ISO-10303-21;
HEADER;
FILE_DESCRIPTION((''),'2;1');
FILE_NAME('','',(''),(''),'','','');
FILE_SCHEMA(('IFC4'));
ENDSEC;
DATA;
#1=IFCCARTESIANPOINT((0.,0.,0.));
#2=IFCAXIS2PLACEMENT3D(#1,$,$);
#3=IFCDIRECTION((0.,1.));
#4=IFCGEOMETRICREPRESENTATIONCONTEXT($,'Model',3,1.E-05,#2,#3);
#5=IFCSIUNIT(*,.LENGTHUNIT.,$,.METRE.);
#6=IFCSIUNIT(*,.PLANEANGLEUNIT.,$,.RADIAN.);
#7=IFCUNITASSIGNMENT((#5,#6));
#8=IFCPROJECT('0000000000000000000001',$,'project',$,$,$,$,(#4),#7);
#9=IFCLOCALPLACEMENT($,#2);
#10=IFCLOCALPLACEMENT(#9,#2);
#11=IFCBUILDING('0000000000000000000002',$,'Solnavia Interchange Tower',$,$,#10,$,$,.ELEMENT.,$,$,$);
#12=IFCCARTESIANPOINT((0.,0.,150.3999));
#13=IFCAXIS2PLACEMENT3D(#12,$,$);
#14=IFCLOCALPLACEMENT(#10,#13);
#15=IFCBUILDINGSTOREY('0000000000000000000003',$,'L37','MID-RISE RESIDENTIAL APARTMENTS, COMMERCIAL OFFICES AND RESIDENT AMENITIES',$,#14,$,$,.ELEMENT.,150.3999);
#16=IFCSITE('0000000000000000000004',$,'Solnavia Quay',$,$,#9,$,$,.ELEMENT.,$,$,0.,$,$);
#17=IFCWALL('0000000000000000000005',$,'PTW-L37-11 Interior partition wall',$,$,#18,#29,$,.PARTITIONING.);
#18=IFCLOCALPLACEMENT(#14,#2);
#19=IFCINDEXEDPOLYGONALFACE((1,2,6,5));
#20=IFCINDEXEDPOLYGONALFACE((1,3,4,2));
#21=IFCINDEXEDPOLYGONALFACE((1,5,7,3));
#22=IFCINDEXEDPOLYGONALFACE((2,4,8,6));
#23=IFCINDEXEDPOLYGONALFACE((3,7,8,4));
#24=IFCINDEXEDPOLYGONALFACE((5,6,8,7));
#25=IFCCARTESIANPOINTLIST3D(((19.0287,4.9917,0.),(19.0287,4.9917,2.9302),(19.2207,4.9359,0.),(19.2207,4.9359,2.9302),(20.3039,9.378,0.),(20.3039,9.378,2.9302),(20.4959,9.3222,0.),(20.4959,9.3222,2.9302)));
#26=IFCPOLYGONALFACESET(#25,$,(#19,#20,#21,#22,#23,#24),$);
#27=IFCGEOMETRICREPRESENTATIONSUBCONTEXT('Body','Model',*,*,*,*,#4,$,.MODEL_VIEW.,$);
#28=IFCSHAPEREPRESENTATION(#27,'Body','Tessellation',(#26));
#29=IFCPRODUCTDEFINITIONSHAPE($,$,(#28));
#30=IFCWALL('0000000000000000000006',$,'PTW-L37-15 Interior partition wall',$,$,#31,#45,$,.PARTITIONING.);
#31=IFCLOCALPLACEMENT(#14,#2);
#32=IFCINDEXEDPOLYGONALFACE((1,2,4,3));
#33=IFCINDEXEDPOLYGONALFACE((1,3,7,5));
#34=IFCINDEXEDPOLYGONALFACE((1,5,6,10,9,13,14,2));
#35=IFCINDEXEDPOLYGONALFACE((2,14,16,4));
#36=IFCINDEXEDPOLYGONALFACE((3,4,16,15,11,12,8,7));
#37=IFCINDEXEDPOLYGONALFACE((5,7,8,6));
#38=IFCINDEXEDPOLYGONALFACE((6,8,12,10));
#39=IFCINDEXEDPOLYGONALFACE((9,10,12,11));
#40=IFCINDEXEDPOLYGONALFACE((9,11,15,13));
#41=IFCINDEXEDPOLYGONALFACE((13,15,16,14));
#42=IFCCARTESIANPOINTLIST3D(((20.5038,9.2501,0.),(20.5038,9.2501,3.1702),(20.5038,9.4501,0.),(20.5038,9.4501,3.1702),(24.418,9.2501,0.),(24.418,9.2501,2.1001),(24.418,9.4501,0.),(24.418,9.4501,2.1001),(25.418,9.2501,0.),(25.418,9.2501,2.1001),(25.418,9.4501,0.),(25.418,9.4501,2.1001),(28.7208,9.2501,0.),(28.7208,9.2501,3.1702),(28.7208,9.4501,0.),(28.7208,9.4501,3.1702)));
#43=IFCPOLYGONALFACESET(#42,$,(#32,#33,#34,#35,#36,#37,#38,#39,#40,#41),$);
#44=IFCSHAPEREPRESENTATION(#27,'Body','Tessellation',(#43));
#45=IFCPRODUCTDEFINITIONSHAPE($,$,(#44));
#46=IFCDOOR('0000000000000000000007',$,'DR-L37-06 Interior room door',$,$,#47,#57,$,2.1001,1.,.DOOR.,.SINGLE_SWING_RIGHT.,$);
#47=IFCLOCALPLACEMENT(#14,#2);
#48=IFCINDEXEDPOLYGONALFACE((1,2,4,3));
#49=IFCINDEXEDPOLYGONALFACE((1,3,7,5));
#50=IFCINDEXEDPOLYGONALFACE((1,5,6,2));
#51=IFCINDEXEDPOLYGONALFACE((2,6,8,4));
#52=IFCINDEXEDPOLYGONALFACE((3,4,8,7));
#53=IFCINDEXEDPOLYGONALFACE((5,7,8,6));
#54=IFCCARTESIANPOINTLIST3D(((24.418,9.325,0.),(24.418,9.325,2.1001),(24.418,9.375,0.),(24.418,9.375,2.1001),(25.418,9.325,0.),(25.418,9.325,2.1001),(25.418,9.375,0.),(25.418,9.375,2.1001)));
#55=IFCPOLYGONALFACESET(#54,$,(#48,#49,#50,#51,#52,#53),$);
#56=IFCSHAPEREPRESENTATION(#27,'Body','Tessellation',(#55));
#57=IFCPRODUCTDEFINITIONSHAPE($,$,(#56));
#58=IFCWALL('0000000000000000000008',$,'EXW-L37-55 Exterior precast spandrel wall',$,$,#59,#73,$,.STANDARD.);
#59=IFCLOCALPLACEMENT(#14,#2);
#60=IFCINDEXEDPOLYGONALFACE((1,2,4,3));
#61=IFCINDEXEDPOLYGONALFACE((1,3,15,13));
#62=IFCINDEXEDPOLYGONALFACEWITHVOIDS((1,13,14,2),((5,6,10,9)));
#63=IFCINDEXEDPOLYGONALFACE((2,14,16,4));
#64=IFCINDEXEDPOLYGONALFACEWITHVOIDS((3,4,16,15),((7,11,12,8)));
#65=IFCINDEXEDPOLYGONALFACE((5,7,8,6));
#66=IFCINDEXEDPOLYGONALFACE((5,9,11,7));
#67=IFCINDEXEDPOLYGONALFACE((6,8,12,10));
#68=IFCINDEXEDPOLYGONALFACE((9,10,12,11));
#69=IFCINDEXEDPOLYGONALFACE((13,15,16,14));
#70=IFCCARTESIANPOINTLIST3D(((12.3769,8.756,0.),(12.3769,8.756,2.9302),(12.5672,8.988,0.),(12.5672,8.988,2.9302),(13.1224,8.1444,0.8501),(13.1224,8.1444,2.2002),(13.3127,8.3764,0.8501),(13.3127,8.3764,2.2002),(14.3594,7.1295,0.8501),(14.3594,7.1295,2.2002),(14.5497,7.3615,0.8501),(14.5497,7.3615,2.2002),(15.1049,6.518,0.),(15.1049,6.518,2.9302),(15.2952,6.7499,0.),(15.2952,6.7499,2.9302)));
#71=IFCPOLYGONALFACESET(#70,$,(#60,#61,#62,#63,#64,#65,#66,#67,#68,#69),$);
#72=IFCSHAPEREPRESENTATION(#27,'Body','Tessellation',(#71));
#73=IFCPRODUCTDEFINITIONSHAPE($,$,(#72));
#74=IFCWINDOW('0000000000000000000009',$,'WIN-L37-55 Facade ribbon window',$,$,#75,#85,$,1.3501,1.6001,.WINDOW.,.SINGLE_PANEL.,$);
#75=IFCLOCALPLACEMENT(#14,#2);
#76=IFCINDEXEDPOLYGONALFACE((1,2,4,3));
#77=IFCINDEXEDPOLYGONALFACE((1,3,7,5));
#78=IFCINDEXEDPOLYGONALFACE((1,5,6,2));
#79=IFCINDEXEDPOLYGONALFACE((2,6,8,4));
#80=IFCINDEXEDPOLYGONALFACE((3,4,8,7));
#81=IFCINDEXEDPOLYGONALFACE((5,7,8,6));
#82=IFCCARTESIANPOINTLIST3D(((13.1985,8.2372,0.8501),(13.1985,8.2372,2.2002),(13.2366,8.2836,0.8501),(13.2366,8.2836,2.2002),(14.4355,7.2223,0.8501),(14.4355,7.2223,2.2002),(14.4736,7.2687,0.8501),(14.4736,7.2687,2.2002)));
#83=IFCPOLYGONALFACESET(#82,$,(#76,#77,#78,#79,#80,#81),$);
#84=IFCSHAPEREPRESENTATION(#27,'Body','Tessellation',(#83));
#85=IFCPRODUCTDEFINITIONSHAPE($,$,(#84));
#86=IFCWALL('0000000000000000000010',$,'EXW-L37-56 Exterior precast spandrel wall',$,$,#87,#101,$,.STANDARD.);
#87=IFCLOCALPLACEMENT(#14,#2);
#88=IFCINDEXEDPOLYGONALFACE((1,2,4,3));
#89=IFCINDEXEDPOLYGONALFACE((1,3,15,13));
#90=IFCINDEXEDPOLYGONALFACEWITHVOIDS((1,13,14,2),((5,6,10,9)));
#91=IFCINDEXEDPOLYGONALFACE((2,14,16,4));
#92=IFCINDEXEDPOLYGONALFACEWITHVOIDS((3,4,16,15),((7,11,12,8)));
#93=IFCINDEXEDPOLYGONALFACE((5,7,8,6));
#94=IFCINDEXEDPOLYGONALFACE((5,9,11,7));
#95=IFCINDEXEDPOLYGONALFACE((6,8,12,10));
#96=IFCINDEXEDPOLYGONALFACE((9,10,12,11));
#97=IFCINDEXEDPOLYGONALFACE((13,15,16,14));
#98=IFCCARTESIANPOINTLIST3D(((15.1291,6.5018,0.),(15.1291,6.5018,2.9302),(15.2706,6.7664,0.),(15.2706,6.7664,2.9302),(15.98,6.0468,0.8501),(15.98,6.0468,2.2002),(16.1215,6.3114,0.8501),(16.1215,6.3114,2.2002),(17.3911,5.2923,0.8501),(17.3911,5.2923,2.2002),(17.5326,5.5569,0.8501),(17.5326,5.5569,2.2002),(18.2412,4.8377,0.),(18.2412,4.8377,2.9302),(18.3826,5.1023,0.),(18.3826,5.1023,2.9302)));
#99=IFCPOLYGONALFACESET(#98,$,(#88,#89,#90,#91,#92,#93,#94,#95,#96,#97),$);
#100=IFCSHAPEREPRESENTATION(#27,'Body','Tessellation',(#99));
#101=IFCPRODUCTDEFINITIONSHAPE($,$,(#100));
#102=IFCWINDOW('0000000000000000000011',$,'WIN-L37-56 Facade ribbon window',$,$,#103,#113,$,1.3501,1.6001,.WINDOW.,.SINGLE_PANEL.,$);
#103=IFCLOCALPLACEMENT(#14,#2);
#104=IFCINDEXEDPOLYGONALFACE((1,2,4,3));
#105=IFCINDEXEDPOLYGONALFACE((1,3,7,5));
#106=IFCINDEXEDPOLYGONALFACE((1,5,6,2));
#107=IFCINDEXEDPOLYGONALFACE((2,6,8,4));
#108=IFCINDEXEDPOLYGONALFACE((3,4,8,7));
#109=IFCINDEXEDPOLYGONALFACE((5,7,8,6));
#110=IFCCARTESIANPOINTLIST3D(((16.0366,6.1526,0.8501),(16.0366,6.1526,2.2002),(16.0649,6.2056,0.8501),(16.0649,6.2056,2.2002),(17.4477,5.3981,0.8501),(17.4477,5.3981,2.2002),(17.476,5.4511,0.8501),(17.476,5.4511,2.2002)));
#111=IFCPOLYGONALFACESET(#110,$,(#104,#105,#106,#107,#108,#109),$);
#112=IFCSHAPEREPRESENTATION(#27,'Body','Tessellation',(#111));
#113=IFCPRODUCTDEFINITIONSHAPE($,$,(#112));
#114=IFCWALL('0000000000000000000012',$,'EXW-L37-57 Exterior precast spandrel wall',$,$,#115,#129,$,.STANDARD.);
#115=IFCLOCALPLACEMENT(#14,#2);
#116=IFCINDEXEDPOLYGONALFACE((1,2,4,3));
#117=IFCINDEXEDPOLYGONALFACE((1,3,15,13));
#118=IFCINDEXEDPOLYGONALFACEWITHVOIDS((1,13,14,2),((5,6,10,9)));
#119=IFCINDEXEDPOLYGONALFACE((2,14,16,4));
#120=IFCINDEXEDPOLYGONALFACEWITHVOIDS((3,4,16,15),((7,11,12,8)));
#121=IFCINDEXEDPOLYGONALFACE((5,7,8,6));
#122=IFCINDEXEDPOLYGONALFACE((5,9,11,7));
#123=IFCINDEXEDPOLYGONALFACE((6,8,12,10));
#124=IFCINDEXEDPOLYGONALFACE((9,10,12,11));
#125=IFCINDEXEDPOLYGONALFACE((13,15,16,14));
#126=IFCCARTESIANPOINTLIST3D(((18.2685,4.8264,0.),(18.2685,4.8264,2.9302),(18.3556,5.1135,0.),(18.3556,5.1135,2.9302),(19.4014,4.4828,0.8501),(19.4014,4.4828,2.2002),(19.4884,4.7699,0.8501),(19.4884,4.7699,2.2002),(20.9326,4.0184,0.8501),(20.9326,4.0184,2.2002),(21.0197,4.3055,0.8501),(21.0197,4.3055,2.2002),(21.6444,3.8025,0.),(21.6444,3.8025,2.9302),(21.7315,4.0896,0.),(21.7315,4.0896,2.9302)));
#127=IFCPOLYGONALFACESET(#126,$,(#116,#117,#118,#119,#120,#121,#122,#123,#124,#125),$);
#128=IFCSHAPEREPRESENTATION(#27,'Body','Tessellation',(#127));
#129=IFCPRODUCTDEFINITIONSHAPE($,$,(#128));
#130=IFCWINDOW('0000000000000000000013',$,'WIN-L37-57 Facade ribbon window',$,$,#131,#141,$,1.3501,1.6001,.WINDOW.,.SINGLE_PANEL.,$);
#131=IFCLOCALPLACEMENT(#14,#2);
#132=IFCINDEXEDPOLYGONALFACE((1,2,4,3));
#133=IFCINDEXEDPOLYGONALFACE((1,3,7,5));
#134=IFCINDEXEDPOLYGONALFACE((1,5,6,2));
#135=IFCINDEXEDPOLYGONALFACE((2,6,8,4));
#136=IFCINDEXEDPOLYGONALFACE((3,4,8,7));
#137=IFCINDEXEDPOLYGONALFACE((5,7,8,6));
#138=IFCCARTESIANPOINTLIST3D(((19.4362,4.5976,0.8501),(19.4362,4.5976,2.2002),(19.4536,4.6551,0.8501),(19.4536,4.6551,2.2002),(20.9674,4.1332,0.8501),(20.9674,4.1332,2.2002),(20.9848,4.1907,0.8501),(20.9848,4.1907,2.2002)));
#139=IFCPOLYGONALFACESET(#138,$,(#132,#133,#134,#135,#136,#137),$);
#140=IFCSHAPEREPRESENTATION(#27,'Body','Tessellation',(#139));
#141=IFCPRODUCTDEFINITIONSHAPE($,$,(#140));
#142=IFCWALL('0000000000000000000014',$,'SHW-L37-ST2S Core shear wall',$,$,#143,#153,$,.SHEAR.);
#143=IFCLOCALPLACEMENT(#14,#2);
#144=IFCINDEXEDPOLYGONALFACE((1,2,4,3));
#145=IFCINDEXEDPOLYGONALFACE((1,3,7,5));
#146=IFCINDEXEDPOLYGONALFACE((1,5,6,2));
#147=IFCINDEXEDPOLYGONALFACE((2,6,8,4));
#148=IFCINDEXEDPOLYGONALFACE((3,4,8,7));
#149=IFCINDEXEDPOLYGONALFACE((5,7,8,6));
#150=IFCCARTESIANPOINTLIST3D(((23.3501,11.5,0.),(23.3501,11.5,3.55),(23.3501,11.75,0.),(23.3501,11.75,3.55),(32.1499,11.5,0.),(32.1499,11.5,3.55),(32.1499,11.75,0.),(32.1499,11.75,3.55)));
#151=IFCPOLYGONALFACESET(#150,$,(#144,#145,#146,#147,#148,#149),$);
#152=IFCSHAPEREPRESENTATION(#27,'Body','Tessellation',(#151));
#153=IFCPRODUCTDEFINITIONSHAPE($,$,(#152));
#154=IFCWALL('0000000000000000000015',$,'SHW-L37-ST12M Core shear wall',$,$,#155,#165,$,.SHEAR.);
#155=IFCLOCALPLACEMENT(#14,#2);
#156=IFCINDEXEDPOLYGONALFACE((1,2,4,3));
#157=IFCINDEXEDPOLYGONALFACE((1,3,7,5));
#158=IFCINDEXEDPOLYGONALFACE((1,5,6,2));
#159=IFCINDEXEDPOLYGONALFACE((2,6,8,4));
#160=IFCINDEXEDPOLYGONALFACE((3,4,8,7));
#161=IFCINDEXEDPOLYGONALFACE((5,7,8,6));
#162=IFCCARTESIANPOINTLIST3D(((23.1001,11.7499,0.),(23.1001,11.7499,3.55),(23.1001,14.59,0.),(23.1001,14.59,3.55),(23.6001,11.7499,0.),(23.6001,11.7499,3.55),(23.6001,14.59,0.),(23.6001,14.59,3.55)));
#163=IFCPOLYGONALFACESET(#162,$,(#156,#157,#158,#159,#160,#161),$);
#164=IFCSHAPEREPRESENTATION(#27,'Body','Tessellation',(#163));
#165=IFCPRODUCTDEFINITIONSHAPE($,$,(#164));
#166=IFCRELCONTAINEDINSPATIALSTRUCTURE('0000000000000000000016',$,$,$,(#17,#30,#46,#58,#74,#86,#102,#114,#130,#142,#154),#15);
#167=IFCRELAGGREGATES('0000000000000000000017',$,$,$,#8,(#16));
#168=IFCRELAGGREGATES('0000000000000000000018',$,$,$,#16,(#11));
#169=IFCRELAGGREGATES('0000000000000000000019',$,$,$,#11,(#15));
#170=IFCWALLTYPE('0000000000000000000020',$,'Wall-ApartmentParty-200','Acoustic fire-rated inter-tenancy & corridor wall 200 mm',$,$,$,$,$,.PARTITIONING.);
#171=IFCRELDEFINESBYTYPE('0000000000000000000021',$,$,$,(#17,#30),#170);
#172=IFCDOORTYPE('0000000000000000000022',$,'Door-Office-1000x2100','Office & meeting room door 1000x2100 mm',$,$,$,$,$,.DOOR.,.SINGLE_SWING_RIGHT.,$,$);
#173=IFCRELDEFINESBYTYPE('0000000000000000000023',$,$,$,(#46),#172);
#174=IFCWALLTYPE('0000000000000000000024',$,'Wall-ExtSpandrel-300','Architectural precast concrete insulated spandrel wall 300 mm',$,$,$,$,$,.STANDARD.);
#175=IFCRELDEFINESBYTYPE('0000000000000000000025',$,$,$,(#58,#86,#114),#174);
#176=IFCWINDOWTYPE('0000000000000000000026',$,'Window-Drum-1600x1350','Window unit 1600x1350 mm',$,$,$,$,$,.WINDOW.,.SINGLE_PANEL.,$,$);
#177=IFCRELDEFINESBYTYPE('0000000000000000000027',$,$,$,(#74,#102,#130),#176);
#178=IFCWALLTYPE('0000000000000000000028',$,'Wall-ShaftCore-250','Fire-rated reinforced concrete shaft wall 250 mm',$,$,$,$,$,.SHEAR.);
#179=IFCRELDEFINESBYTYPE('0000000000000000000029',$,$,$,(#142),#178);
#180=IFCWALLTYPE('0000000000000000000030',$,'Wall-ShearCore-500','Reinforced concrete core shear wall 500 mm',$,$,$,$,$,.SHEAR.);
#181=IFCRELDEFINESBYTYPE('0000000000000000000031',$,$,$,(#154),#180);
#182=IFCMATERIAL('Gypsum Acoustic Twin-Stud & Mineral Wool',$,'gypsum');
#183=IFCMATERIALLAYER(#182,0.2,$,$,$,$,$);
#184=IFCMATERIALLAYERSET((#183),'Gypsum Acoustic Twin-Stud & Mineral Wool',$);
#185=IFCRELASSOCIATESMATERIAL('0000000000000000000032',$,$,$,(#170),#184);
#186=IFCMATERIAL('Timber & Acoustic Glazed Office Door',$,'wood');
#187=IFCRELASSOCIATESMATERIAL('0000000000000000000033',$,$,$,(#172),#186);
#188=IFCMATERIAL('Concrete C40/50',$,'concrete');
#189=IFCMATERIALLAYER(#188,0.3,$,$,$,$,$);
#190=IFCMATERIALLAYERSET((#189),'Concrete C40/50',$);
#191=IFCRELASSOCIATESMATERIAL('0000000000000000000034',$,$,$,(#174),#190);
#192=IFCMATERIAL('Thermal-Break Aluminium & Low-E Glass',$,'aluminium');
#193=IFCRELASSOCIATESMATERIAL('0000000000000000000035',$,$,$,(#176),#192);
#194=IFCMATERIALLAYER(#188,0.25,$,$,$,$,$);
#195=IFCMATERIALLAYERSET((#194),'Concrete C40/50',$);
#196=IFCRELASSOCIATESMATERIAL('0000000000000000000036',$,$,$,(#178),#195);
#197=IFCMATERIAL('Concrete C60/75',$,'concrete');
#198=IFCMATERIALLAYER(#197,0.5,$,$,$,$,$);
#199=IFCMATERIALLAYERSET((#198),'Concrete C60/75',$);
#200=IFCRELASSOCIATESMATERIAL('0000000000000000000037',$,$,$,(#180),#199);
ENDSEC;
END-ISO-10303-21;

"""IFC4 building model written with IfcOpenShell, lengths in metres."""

from ifc_helpers import new_model, si_unit, direction, frame, frame_2d, origin, place, context, subcontext, project, spatial, rectangle, extrude, material, layer, layer_set, type_object, element, fill, save


model = new_model("IFC4")

# Units and contexts
model_context = context("Model", 3, precision=1e-05, world=origin(), true_north=direction((0.0, 1.0)))
body_context = subcontext(model_context, "Body", "Model", "MODEL_VIEW")
ifc_project = project(units=[si_unit("LENGTHUNIT", "METRE"), si_unit("PLANEANGLEUNIT", "RADIAN")], contexts=[model_context])

# Site, building, storey
site_placement = place(None, origin())
site = spatial("IfcSite", under=ifc_project, at=site_placement, Name="Solnavia Quay", CompositionType="ELEMENT", RefElevation=0.0)
building_placement = place(site_placement, origin())
building = spatial("IfcBuilding", under=site, at=building_placement, Name="Solnavia Interchange Tower", CompositionType="ELEMENT")
storey_placement = place(building_placement, frame((0.0, 0.0, 150.3999)))
storey = spatial("IfcBuildingStorey", under=building, at=storey_placement, Name="L37", Description="MID-RISE RESIDENTIAL APARTMENTS, COMMERCIAL OFFICES AND RESIDENT AMENITIES", CompositionType="ELEMENT", Elevation=150.3999)

# Wall
ifc_material_1 = material(Name="Gypsum Acoustic Twin-Stud & Mineral Wool", Category="gypsum")
ifc_layer_1 = layer(ifc_material_1, 0.2)
ifc_layer_set_1 = layer_set([ifc_layer_1], Name="Gypsum Acoustic Twin-Stud & Mineral Wool")
wall_type_1 = type_object("IfcWallType", Name="Wall-ApartmentParty-200", Description="Acoustic fire-rated inter-tenancy & corridor wall 200 mm", PredefinedType="PARTITIONING", material=ifc_layer_set_1)
wall_1_placement = place(storey_placement, frame((20.3999, 9.3501, 0.0), z_axis=(0.0, 0.0, 1.0), x_axis=(-0.279158, -0.960245, 0.0)))
element("IfcWall", 1, at=wall_1_placement, inside=storey, type_object=wall_type_1, Name="PTW-L37-11 Interior partition wall", PredefinedType="PARTITIONING", context=body_context, shape_type="SweptSolid", body=[
    extrude(rectangle(XDim=4.5679, YDim=0.2, at=frame_2d((2.2839, 0.0))), origin(), (0.0, 0.0, 1.0), 2.9302),
])

# Wall, opening, door
wall_2_placement = place(storey_placement, frame((20.5039, 9.3501, 0.0), z_axis=(0.0, 0.0, 1.0), x_axis=(1.0, 0.0, 0.0)))
wall_2 = element("IfcWall", 2, at=wall_2_placement, inside=storey, type_object=wall_type_1, Name="PTW-L37-15 Interior partition wall", PredefinedType="PARTITIONING", context=body_context, shape_type="SweptSolid", body=[
    extrude(rectangle(XDim=8.217, YDim=0.2, at=frame_2d((4.1084, 0.0))), origin(), (0.0, 0.0, 1.0), 3.1702),
])
opening_1_placement = place(wall_2_placement, frame((3.9141, 0.0, 0.0)))
opening_1 = element("IfcOpeningElement", 3, at=opening_1_placement, cuts=wall_2, PredefinedType="OPENING", context=body_context, shape_type="SweptSolid", body=[
    extrude(rectangle(XDim=1.0, YDim=2.1001, at=frame_2d((0.5, 1.05))), frame((0.0, 0.1099, 0.0), z_axis=(0.0, -1.0, 0.0), x_axis=(1.0, 0.0, 0.0)), (0.0, 0.0, 1.0), 0.22),
])
ifc_material_2 = material(Name="Timber & Acoustic Glazed Office Door", Category="wood")
door_type = type_object("IfcDoorType", Name="Door-Office-1000x2100", Description="Office & meeting room door 1000x2100 mm", OperationType="SINGLE_SWING_RIGHT", PredefinedType="DOOR", material=ifc_material_2)
door_placement = place(opening_1_placement, origin())
door = element("IfcDoor", 4, at=door_placement, inside=storey, type_object=door_type, Name="DR-L37-06 Interior room door", OperationType="SINGLE_SWING_RIGHT", OverallHeight=2.1001, OverallWidth=1.0, PredefinedType="DOOR", context=body_context, shape_type="SweptSolid", body=[
    extrude(rectangle(XDim=1.0, YDim=2.1001, at=frame_2d((0.5, 1.05))), frame((0.0, 0.0249, 0.0), z_axis=(0.0, -1.0, 0.0), x_axis=(1.0, 0.0, 0.0)), (0.0, 0.0, 1.0), 0.05),
])
fill(opening_1, door)

# Walls, openings, windows
ifc_material_3 = material(Name="Concrete C40/50", Category="concrete")
ifc_layer_2 = layer(ifc_material_3, 0.3)
ifc_layer_set_2 = layer_set([ifc_layer_2], Name="Concrete C40/50")
wall_type_2 = type_object("IfcWallType", Name="Wall-ExtSpandrel-300", Description="Architectural precast concrete insulated spandrel wall 300 mm", PredefinedType="STANDARD", material=ifc_layer_set_2)
wall_3_placement = place(storey_placement, frame((15.2, 6.634, 0.0), z_axis=(0.0, 0.0, 1.0), x_axis=(-0.773121, 0.634258, 0.0)))
wall_3 = element("IfcWall", 5, at=wall_3_placement, inside=storey, type_object=wall_type_2, Name="EXW-L37-55 Exterior precast spandrel wall", PredefinedType="STANDARD", context=body_context, shape_type="SweptSolid", body=[
    extrude(rectangle(XDim=3.5286, YDim=0.3, at=frame_2d((1.7642, 0.0))), origin(), (0.0, 0.0, 1.0), 2.9302),
])
opening_2_placement = place(wall_3_placement, frame((0.9641, 0.0, 0.8501)))
opening_2 = element("IfcOpeningElement", 6, at=opening_2_placement, cuts=wall_3, PredefinedType="OPENING", context=body_context, shape_type="SweptSolid", body=[
    extrude(rectangle(XDim=1.6001, YDim=1.3501, at=frame_2d((0.8, 0.675))), frame((0.0, 0.1602, 0.0), z_axis=(0.0, -1.0, 0.0), x_axis=(1.0, 0.0, 0.0)), (0.0, 0.0, 1.0), 0.3201),
])
ifc_material_4 = material(Name="Thermal-Break Aluminium & Low-E Glass", Category="aluminium")
window_type = type_object("IfcWindowType", Name="Window-Drum-1600x1350", Description="Window unit 1600x1350 mm", PartitioningType="SINGLE_PANEL", PredefinedType="WINDOW", material=ifc_material_4)
window_1_placement = place(opening_2_placement, origin())
window_1 = element("IfcWindow", 7, at=window_1_placement, inside=storey, type_object=window_type, Name="WIN-L37-55 Facade ribbon window", OverallHeight=1.3501, OverallWidth=1.6001, PartitioningType="SINGLE_PANEL", PredefinedType="WINDOW", context=body_context, shape_type="SweptSolid", body=[
    extrude(rectangle(XDim=1.6001, YDim=1.3501, at=frame_2d((0.8, 0.675))), frame((0.0, 0.03, 0.0), z_axis=(0.0, -1.0, 0.0), x_axis=(1.0, 0.0, 0.0)), (0.0, 0.0, 1.0), 0.0601),
])
fill(opening_2, window_1)
wall_4_placement = place(storey_placement, frame((18.312, 4.97, 0.0), z_axis=(0.0, 0.0, 1.0), x_axis=(-0.881847, 0.471536, 0.0)))
wall_4 = element("IfcWall", 8, at=wall_4_placement, inside=storey, type_object=wall_type_2, Name="EXW-L37-56 Exterior precast spandrel wall", PredefinedType="STANDARD", context=body_context, shape_type="SweptSolid", body=[
    extrude(rectangle(XDim=3.5291, YDim=0.3, at=frame_2d((1.7646, 0.0))), origin(), (0.0, 0.0, 1.0), 2.9302),
])
opening_3_placement = place(wall_4_placement, frame((0.9641, 0.0, 0.8501)))
opening_3 = element("IfcOpeningElement", 9, at=opening_3_placement, cuts=wall_4, PredefinedType="OPENING", context=body_context, shape_type="SweptSolid", body=[
    extrude(rectangle(XDim=1.6001, YDim=1.3501, at=frame_2d((0.8, 0.675))), frame((0.0, 0.1602, 0.0), z_axis=(0.0, -1.0, 0.0), x_axis=(1.0, 0.0, 0.0)), (0.0, 0.0, 1.0), 0.3201),
])
window_2_placement = place(opening_3_placement, origin())
window_2 = element("IfcWindow", 10, at=window_2_placement, inside=storey, type_object=window_type, Name="WIN-L37-56 Facade ribbon window", OverallHeight=1.3501, OverallWidth=1.6001, PartitioningType="SINGLE_PANEL", PredefinedType="WINDOW", context=body_context, shape_type="SweptSolid", body=[
    extrude(rectangle(XDim=1.6001, YDim=1.3501, at=frame_2d((0.8, 0.675))), frame((0.0, 0.03, 0.0), z_axis=(0.0, -1.0, 0.0), x_axis=(1.0, 0.0, 0.0)), (0.0, 0.0, 1.0), 0.0601),
])
fill(opening_3, window_2)
wall_5_placement = place(storey_placement, frame((21.688, 3.946, 0.0), z_axis=(0.0, 0.0, 1.0), x_axis=(-0.956953, 0.290242, 0.0)))
wall_5 = element("IfcWall", 11, at=wall_5_placement, inside=storey, type_object=wall_type_2, Name="EXW-L37-57 Exterior precast spandrel wall", PredefinedType="STANDARD", context=body_context, shape_type="SweptSolid", body=[
    extrude(rectangle(XDim=3.5278, YDim=0.3, at=frame_2d((1.7639, 0.0))), origin(), (0.0, 0.0, 1.0), 2.9302),
])
opening_4_placement = place(wall_5_placement, frame((0.7439, 0.0, 0.8501)))
opening_4 = element("IfcOpeningElement", 12, at=opening_4_placement, cuts=wall_5, PredefinedType="OPENING", context=body_context, shape_type="SweptSolid", body=[
    extrude(rectangle(XDim=1.6001, YDim=1.3501, at=frame_2d((0.8, 0.675))), frame((0.0, 0.1602, 0.0), z_axis=(0.0, -1.0, 0.0), x_axis=(1.0, 0.0, 0.0)), (0.0, 0.0, 1.0), 0.3201),
])
window_3_placement = place(opening_4_placement, origin())
window_3 = element("IfcWindow", 13, at=window_3_placement, inside=storey, type_object=window_type, Name="WIN-L37-57 Facade ribbon window", OverallHeight=1.3501, OverallWidth=1.6001, PartitioningType="SINGLE_PANEL", PredefinedType="WINDOW", context=body_context, shape_type="SweptSolid", body=[
    extrude(rectangle(XDim=1.6001, YDim=1.3501, at=frame_2d((0.8, 0.675))), frame((0.0, 0.03, 0.0), z_axis=(0.0, -1.0, 0.0), x_axis=(1.0, 0.0, 0.0)), (0.0, 0.0, 1.0), 0.0601),
])
fill(opening_4, window_3)

# Walls
ifc_layer_3 = layer(ifc_material_3, 0.25)
ifc_layer_set_3 = layer_set([ifc_layer_3], Name="Concrete C40/50")
wall_type_3 = type_object("IfcWallType", Name="Wall-ShaftCore-250", Description="Fire-rated reinforced concrete shaft wall 250 mm", PredefinedType="SHEAR", material=ifc_layer_set_3)
wall_6_placement = place(storey_placement, frame((23.3501, 11.625, 0.0), z_axis=(0.0, 0.0, 1.0), x_axis=(1.0, 0.0, 0.0)))
element("IfcWall", 14, at=wall_6_placement, inside=storey, type_object=wall_type_3, Name="SHW-L37-ST2S Core shear wall", PredefinedType="SHEAR", context=body_context, shape_type="SweptSolid", body=[
    extrude(rectangle(XDim=8.7998, YDim=0.25, at=frame_2d((4.3999, 0.0))), origin(), (0.0, 0.0, 1.0), 3.55),
])
ifc_material_5 = material(Name="Concrete C60/75", Category="concrete")
ifc_layer_4 = layer(ifc_material_5, 0.5)
ifc_layer_set_4 = layer_set([ifc_layer_4], Name="Concrete C60/75")
wall_type_4 = type_object("IfcWallType", Name="Wall-ShearCore-500", Description="Reinforced concrete core shear wall 500 mm", PredefinedType="SHEAR", material=ifc_layer_set_4)
wall_7_placement = place(storey_placement, frame((23.3501, 11.75, 0.0), z_axis=(0.0, 0.0, 1.0), x_axis=(0.0, 1.0, 0.0)))
element("IfcWall", 15, at=wall_7_placement, inside=storey, type_object=wall_type_4, Name="SHW-L37-ST12M Core shear wall", PredefinedType="SHEAR", context=body_context, shape_type="SweptSolid", body=[
    extrude(rectangle(XDim=2.8401, YDim=0.5, at=frame_2d((1.4199, 0.0))), origin(), (0.0, 0.0, 1.0), 3.55),
])

save(model, "model.ifc")
